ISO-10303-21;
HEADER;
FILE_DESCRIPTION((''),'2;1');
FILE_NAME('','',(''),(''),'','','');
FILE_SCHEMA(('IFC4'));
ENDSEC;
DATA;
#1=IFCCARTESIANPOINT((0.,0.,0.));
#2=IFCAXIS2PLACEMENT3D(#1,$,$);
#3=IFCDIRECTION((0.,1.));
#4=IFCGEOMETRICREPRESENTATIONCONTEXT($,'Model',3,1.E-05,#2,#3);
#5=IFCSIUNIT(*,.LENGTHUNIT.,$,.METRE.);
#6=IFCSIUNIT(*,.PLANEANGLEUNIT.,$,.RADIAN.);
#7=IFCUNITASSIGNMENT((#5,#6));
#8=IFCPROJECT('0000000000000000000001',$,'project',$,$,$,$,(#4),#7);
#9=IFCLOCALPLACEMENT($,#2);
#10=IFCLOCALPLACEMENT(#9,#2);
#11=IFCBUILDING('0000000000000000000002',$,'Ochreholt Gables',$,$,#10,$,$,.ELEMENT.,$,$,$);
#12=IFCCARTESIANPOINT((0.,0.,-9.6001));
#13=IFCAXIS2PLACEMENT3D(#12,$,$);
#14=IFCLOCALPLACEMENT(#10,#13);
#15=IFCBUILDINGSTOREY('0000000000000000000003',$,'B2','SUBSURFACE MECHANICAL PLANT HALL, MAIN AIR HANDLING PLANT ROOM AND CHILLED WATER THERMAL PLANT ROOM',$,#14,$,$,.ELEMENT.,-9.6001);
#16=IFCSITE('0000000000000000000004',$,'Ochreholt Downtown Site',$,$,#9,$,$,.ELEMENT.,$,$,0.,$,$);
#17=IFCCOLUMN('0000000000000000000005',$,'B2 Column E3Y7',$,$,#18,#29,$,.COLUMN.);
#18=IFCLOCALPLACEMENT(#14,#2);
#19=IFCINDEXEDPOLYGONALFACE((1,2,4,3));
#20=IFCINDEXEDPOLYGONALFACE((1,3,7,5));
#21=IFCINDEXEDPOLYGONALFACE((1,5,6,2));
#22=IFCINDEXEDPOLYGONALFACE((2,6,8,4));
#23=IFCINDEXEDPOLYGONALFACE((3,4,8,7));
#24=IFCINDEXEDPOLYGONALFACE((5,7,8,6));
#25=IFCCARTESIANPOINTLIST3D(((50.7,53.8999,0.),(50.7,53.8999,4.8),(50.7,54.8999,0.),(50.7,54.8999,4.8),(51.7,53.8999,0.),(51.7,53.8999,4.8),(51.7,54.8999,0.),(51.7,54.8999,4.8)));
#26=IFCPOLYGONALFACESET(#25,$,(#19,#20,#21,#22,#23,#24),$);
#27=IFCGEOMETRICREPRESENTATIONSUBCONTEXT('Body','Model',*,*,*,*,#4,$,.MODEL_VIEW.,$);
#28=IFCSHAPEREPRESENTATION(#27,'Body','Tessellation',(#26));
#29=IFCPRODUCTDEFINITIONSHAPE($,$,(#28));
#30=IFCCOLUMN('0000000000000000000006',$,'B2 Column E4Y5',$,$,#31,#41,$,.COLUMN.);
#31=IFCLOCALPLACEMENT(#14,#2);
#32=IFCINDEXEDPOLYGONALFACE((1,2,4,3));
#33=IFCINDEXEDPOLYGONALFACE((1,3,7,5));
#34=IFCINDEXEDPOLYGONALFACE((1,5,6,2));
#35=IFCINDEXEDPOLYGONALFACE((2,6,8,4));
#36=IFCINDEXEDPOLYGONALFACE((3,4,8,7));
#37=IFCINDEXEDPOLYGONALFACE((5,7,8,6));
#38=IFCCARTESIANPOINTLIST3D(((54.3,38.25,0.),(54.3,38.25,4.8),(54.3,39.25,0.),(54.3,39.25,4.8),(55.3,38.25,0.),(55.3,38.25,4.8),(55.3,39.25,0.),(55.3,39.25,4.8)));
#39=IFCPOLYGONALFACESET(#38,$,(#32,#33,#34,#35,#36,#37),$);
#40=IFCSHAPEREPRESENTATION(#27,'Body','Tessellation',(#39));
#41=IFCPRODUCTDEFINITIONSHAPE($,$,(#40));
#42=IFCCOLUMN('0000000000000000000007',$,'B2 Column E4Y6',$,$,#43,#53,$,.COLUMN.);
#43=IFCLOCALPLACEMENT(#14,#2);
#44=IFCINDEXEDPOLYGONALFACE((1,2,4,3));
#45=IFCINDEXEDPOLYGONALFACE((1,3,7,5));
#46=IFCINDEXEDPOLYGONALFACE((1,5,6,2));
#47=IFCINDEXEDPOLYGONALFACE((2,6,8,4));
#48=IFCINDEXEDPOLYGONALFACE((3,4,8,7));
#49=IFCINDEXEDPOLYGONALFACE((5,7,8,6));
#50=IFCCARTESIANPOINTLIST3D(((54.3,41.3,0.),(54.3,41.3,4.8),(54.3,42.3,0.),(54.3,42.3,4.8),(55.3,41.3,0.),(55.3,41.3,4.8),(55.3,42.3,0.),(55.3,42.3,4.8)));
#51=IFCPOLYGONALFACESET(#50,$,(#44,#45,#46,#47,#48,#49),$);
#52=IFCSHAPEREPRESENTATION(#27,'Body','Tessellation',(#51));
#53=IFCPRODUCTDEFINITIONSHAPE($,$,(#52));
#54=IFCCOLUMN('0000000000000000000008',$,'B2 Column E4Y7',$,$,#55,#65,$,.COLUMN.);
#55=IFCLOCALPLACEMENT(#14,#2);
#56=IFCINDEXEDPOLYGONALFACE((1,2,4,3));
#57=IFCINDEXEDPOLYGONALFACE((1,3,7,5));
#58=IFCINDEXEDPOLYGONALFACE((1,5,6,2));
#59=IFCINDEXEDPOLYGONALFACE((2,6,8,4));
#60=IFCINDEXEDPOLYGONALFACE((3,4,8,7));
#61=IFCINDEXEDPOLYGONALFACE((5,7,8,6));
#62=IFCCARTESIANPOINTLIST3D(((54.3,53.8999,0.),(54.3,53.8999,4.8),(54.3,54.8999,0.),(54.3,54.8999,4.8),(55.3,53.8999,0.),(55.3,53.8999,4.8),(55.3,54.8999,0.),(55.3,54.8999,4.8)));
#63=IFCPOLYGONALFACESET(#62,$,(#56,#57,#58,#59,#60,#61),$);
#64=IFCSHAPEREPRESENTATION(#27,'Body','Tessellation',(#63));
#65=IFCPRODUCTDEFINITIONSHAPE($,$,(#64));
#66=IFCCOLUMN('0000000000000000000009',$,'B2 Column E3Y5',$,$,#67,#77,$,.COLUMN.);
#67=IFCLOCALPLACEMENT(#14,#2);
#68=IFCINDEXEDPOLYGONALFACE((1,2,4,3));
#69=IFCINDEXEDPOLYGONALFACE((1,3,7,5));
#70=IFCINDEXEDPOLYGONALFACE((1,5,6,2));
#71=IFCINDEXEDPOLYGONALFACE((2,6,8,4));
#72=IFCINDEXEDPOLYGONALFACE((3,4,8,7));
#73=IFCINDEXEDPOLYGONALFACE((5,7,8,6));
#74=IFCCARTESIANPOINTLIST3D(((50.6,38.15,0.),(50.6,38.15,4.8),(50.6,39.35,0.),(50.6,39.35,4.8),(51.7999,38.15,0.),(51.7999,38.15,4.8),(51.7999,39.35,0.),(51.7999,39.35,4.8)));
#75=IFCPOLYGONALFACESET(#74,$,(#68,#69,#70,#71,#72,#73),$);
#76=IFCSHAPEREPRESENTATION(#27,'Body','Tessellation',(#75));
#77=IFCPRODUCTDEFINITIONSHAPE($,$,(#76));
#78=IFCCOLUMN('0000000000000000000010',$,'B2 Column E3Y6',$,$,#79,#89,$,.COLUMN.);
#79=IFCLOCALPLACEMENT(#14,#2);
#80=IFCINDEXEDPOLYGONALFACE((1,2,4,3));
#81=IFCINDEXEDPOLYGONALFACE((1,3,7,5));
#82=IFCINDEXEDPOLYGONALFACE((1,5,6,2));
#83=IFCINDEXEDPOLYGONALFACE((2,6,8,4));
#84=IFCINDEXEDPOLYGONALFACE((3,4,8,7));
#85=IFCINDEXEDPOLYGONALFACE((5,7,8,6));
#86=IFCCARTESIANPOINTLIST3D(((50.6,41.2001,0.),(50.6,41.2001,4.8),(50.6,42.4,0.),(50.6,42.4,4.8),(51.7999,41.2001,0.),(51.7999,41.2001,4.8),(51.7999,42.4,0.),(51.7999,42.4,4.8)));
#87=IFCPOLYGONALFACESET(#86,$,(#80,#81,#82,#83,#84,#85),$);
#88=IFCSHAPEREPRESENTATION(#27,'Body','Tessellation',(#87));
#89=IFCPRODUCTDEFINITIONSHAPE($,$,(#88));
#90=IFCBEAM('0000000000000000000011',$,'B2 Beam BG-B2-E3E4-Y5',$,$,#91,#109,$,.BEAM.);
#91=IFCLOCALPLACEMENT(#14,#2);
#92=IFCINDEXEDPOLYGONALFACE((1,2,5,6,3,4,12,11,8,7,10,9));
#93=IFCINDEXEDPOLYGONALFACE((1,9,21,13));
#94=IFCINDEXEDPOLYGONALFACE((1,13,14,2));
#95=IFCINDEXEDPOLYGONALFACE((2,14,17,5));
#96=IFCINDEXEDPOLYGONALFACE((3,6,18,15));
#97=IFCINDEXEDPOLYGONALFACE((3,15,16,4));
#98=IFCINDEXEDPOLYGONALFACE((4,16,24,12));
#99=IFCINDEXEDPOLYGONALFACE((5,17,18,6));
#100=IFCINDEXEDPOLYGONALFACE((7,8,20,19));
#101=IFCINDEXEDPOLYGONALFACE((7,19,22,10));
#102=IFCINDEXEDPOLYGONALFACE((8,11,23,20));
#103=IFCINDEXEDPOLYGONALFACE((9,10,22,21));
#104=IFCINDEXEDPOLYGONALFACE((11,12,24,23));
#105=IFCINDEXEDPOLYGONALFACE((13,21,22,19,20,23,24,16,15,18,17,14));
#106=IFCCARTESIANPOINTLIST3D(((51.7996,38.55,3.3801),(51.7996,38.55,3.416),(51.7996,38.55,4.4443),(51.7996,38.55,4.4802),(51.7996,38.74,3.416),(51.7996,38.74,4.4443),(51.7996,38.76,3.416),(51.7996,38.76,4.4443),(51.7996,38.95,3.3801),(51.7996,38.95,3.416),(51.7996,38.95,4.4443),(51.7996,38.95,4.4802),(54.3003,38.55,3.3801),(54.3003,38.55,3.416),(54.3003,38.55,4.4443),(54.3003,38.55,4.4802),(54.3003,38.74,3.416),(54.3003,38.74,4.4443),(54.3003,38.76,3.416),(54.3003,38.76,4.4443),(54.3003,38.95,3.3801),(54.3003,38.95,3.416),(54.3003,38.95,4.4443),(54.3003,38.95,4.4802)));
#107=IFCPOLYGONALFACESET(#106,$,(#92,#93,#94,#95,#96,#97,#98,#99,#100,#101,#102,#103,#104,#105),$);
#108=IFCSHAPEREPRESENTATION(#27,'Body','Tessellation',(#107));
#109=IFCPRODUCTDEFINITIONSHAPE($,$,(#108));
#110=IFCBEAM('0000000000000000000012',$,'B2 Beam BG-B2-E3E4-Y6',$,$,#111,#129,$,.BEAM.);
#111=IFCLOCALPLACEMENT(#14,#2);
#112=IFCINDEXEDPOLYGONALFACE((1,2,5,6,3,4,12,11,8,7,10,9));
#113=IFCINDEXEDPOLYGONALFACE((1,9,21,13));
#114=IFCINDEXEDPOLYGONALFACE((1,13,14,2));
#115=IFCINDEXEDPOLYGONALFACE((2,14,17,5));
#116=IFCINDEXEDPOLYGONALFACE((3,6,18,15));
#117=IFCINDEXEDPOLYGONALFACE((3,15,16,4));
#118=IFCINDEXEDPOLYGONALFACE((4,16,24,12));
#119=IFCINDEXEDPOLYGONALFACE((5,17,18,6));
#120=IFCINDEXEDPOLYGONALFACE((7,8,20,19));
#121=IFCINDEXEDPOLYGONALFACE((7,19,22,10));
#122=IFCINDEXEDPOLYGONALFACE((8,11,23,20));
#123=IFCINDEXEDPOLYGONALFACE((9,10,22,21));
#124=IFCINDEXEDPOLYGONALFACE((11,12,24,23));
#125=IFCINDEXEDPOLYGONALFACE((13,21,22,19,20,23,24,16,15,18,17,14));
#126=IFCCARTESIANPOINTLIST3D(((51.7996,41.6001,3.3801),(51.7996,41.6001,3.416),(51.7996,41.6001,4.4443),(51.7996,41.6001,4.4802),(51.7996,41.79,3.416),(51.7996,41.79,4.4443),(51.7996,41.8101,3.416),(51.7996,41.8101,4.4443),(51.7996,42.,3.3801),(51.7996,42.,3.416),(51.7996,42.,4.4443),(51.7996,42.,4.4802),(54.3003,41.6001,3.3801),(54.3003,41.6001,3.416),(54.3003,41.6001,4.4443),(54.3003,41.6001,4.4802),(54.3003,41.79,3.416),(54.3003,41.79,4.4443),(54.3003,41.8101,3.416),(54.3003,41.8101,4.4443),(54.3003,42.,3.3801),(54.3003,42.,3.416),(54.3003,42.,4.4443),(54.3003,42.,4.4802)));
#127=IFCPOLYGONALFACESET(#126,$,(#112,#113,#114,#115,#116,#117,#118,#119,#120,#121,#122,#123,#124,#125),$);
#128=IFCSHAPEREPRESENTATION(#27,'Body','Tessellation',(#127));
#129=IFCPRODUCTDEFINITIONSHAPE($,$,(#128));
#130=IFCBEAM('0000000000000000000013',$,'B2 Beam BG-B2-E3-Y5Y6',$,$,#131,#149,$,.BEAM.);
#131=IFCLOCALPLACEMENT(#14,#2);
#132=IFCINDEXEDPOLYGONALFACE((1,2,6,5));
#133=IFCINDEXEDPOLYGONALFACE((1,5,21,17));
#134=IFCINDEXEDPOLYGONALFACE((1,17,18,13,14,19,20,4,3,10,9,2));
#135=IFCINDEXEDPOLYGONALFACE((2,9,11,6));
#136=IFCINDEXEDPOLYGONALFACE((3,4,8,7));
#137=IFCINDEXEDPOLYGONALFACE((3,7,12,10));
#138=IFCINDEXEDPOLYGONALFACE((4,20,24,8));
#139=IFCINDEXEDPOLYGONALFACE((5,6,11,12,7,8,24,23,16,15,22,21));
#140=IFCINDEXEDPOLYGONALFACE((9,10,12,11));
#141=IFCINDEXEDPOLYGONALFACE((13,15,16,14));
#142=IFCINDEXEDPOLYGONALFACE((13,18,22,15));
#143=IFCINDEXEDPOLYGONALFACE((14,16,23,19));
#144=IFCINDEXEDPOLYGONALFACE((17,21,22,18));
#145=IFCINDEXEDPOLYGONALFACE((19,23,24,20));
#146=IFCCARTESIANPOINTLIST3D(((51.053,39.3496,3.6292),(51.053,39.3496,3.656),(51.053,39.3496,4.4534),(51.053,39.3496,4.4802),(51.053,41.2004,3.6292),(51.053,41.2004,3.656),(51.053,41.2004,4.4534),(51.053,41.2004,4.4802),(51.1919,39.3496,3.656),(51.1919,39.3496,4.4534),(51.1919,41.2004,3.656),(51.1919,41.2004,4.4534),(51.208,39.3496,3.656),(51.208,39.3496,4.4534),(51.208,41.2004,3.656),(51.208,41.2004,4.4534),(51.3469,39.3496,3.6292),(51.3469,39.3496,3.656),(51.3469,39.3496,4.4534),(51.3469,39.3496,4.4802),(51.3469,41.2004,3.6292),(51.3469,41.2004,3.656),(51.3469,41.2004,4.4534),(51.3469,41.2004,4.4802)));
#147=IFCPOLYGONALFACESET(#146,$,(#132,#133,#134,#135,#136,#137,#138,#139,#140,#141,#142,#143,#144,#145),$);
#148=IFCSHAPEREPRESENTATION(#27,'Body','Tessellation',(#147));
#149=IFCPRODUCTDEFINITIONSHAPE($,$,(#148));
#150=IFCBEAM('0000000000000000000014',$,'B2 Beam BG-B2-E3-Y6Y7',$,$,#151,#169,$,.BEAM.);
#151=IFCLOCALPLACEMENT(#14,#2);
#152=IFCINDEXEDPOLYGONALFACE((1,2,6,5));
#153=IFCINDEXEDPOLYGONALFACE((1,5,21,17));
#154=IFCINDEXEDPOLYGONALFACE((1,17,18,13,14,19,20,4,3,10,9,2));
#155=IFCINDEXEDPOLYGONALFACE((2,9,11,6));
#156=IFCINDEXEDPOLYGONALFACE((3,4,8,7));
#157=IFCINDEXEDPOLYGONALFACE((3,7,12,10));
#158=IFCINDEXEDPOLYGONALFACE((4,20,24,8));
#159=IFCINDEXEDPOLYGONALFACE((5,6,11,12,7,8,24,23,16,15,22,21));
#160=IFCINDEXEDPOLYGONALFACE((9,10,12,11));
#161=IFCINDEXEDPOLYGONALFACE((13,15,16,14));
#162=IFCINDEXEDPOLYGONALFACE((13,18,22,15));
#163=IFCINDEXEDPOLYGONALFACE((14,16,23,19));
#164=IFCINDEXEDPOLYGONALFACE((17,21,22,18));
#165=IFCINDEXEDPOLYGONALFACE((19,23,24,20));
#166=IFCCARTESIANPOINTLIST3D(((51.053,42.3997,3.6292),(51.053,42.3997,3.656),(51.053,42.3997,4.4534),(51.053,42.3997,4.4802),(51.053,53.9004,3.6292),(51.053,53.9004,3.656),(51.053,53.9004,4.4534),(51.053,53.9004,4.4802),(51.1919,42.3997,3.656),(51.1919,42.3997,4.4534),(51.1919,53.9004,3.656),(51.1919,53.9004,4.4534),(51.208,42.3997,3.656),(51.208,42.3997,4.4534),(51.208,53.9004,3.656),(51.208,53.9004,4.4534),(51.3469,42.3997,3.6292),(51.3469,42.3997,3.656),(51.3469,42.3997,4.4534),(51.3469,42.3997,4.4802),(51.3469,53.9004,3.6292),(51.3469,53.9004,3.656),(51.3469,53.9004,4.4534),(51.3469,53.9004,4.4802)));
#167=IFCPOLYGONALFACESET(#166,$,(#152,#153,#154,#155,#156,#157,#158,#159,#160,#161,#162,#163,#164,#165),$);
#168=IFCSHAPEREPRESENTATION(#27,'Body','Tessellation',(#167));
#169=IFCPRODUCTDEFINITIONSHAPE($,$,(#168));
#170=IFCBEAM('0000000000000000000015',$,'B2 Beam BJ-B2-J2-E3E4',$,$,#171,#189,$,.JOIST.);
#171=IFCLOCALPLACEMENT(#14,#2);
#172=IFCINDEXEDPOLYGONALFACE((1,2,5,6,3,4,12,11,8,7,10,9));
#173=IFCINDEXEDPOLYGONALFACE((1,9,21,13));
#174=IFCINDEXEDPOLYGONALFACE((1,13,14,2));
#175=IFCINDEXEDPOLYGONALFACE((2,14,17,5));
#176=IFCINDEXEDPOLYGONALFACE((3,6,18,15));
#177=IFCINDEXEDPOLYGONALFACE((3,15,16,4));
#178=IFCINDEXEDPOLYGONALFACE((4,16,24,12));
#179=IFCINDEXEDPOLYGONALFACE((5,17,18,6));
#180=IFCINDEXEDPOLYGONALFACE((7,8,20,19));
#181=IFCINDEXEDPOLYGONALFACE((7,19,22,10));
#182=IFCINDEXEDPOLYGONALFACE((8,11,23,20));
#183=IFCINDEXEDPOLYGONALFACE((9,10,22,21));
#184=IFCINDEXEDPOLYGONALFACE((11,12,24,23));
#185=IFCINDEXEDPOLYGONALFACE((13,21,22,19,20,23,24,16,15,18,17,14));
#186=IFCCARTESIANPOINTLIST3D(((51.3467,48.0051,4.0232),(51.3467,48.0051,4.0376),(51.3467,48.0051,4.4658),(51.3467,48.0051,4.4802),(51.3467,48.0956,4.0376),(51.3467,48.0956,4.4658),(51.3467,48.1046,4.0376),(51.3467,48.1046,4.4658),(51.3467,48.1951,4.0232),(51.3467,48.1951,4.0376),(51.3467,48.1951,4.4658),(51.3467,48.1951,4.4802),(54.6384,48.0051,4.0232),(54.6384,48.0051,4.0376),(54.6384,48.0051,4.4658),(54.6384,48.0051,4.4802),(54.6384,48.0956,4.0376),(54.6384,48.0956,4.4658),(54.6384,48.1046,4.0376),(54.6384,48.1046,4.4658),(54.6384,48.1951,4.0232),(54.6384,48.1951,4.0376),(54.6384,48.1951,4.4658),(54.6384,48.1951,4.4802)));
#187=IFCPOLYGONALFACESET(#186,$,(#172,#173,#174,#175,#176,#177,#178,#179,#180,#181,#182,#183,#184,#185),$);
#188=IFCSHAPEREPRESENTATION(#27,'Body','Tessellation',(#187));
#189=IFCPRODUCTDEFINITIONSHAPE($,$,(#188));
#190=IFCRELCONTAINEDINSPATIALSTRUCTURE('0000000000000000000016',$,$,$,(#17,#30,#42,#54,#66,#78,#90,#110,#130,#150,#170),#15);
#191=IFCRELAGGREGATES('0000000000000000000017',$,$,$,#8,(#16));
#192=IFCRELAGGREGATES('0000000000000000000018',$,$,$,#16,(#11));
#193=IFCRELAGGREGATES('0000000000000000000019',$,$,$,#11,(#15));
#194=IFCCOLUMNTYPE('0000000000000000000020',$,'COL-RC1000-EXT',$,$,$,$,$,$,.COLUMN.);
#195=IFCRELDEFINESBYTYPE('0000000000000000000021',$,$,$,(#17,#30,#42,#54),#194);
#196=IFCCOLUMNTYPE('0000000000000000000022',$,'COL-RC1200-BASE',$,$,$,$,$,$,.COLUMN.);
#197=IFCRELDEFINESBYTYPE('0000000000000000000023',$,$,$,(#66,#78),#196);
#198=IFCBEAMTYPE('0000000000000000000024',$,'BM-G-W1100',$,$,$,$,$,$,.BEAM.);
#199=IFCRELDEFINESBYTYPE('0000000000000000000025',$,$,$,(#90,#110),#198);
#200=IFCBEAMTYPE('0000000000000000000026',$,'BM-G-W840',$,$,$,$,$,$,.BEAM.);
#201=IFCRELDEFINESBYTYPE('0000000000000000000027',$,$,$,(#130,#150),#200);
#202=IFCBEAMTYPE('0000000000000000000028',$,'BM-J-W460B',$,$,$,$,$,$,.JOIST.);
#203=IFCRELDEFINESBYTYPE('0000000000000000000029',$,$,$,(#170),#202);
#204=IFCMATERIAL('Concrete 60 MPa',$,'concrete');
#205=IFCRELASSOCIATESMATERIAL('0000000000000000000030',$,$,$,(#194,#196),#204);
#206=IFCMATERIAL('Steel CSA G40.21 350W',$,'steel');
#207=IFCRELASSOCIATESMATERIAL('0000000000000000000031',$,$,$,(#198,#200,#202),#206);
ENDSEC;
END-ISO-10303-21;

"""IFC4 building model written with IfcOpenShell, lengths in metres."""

from ifc_helpers import new_model, si_unit, direction, frame, origin, origin_2d, place, context, subcontext, project, spatial, rectangle, i_section, extrude, material, material_profile, profile_set, type_object, element, save


model = new_model("IFC4")

# Units and contexts
model_context = context("Model", 3, precision=1e-05, world=origin(), true_north=direction((0.0, 1.0)))
body_context = subcontext(model_context, "Body", "Model", "MODEL_VIEW")
ifc_project = project(units=[si_unit("LENGTHUNIT", "METRE"), si_unit("PLANEANGLEUNIT", "RADIAN")], contexts=[model_context])

# Site, building, storey
site_placement = place(None, origin())
site = spatial("IfcSite", under=ifc_project, at=site_placement, Name="Ochreholt Downtown Site", CompositionType="ELEMENT", RefElevation=0.0)
building_placement = place(site_placement, origin())
building = spatial("IfcBuilding", under=site, at=building_placement, Name="Ochreholt Gables", CompositionType="ELEMENT")
storey_placement = place(building_placement, frame((0.0, 0.0, -9.6001)))
storey = spatial("IfcBuildingStorey", under=building, at=storey_placement, Name="B2", Description="SUBSURFACE MECHANICAL PLANT HALL, MAIN AIR HANDLING PLANT ROOM AND CHILLED WATER THERMAL PLANT ROOM", CompositionType="ELEMENT", Elevation=-9.6001)

# Columns
ifc_material_1 = material(Name="Concrete 60 MPa", Category="concrete")
ifc_material_profile_1 = material_profile(ifc_material_1, rectangle(XDim=1.0, YDim=1.0, at=origin_2d()), Name="RC1000X1000")
ifc_profile_set_1 = profile_set([ifc_material_profile_1], Name="Concrete 60 MPa")
column_type_1 = type_object("IfcColumnType", Name="COL-RC1000-EXT", PredefinedType="COLUMN", material=ifc_profile_set_1)
for number, where, z_axis, x_axis, name in (
    (1, (51.2, 54.3999, 0.0), (0.0, 0.0, 1.0), (1.0, 0.0, 0.0), "B2 Column E3Y7"),
    (2, (54.8, 38.75, 0.0), (0.0, 0.0, 1.0), (1.0, 0.0, 0.0), "B2 Column E4Y5"),
    (3, (54.8, 41.8, 0.0), (0.0, 0.0, 1.0), (1.0, 0.0, 0.0), "B2 Column E4Y6"),
    (4, (54.8, 54.3999, 0.0), (0.0, 0.0, 1.0), (1.0, 0.0, 0.0), "B2 Column E4Y7"),
):
    element("IfcColumn", number, at=place(storey_placement, frame(where, z_axis=z_axis, x_axis=x_axis)), inside=storey, type_object=column_type_1, Name=name, PredefinedType="COLUMN", context=body_context, shape_type="SweptSolid", body=[
        extrude(rectangle(XDim=1.0, YDim=1.0, at=origin_2d()), origin(), (0.0, 0.0, 1.0), 4.8),
    ])
ifc_material_profile_2 = material_profile(ifc_material_1, rectangle(XDim=1.2, YDim=1.2, at=origin_2d()), Name="RC1200X1200")
ifc_profile_set_2 = profile_set([ifc_material_profile_2], Name="Concrete 60 MPa")
column_type_2 = type_object("IfcColumnType", Name="COL-RC1200-BASE", PredefinedType="COLUMN", material=ifc_profile_set_2)
for number, where, z_axis, x_axis, name in (
    (5, (51.2, 38.75, 0.0), (0.0, 0.0, 1.0), (1.0, 0.0, 0.0), "B2 Column E3Y5"),
    (6, (51.2, 41.8, 0.0), (0.0, 0.0, 1.0), (1.0, 0.0, 0.0), "B2 Column E3Y6"),
):
    element("IfcColumn", number, at=place(storey_placement, frame(where, z_axis=z_axis, x_axis=x_axis)), inside=storey, type_object=column_type_2, Name=name, PredefinedType="COLUMN", context=body_context, shape_type="SweptSolid", body=[
        extrude(rectangle(XDim=1.2, YDim=1.2, at=origin_2d()), origin(), (0.0, 0.0, 1.0), 4.8),
    ])

# Beams
ifc_material_2 = material(Name="Steel CSA G40.21 350W", Category="steel")
ifc_material_profile_3 = material_profile(ifc_material_2, i_section(OverallWidth=0.3999, OverallDepth=1.1001, WebThickness=0.02, FlangeThickness=0.0359, at=origin_2d()), Name="W1100X390")
ifc_profile_set_3 = profile_set([ifc_material_profile_3], Name="Steel CSA G40.21 350W")
beam_type_1 = type_object("IfcBeamType", Name="BM-G-W1100", PredefinedType="BEAM", material=ifc_profile_set_3)
for number, where, z_axis, x_axis, name in (
    (7, (51.7996, 38.75, 3.9302), (1.0, 0.0, 0.0), (0.0, 1.0, 0.0), "B2 Beam BG-B2-E3E4-Y5"),
    (8, (51.7996, 41.8, 3.9302), (1.0, 0.0, 0.0), (0.0, 1.0, 0.0), "B2 Beam BG-B2-E3E4-Y6"),
):
    element("IfcBeam", number, at=place(storey_placement, frame(where, z_axis=z_axis, x_axis=x_axis)), inside=storey, type_object=beam_type_1, Name=name, PredefinedType="BEAM", context=body_context, shape_type="SweptSolid", body=[
        extrude(i_section(OverallWidth=0.3999, OverallDepth=1.1001, WebThickness=0.02, FlangeThickness=0.0359, at=origin_2d()), origin(), (0.0, 0.0, 1.0), 2.5007),
    ])
ifc_material_profile_4 = material_profile(ifc_material_2, i_section(OverallWidth=0.2939, OverallDepth=0.8511, WebThickness=0.0161, FlangeThickness=0.0269, at=origin_2d()), Name="W840X226")
ifc_profile_set_4 = profile_set([ifc_material_profile_4], Name="Steel CSA G40.21 350W")
beam_type_2 = type_object("IfcBeamType", Name="BM-G-W840", PredefinedType="BEAM", material=ifc_profile_set_4)
beam_1_placement = place(storey_placement, frame((51.2, 39.3496, 4.0547), z_axis=(0.0, 1.0, 0.0), x_axis=(-1.0, 0.0, 0.0)))
element("IfcBeam", 9, at=beam_1_placement, inside=storey, type_object=beam_type_2, Name="B2 Beam BG-B2-E3-Y5Y6", PredefinedType="BEAM", context=body_context, shape_type="SweptSolid", body=[
    extrude(i_section(OverallWidth=0.2939, OverallDepth=0.8511, WebThickness=0.0161, FlangeThickness=0.0269, at=origin_2d()), origin(), (0.0, 0.0, 1.0), 1.8508),
])
beam_2_placement = place(storey_placement, frame((51.2, 42.3997, 4.0547), z_axis=(0.0, 1.0, 0.0), x_axis=(-1.0, 0.0, 0.0)))
element("IfcBeam", 10, at=beam_2_placement, inside=storey, type_object=beam_type_2, Name="B2 Beam BG-B2-E3-Y6Y7", PredefinedType="BEAM", context=body_context, shape_type="SweptSolid", body=[
    extrude(i_section(OverallWidth=0.2939, OverallDepth=0.8511, WebThickness=0.0161, FlangeThickness=0.0269, at=origin_2d()), origin(), (0.0, 0.0, 1.0), 11.5007),
])
ifc_material_profile_5 = material_profile(ifc_material_2, i_section(OverallWidth=0.1899, OverallDepth=0.457, WebThickness=0.009, FlangeThickness=0.0144, at=origin_2d()), Name="W460X74")
ifc_profile_set_5 = profile_set([ifc_material_profile_5], Name="Steel CSA G40.21 350W")
beam_type_3 = type_object("IfcBeamType", Name="BM-J-W460B", PredefinedType="JOIST", material=ifc_profile_set_5)
beam_3_placement = place(storey_placement, frame((51.3467, 48.1001, 4.2517), z_axis=(1.0, 0.0, 0.0), x_axis=(0.0, 1.0, 0.0)))
element("IfcBeam", 11, at=beam_3_placement, inside=storey, type_object=beam_type_3, Name="B2 Beam BJ-B2-J2-E3E4", PredefinedType="JOIST", context=body_context, shape_type="SweptSolid", body=[
    extrude(i_section(OverallWidth=0.1899, OverallDepth=0.457, WebThickness=0.009, FlangeThickness=0.0144, at=origin_2d()), origin(), (0.0, 0.0, 1.0), 3.2917),
])

save(model, "model.ifc")
